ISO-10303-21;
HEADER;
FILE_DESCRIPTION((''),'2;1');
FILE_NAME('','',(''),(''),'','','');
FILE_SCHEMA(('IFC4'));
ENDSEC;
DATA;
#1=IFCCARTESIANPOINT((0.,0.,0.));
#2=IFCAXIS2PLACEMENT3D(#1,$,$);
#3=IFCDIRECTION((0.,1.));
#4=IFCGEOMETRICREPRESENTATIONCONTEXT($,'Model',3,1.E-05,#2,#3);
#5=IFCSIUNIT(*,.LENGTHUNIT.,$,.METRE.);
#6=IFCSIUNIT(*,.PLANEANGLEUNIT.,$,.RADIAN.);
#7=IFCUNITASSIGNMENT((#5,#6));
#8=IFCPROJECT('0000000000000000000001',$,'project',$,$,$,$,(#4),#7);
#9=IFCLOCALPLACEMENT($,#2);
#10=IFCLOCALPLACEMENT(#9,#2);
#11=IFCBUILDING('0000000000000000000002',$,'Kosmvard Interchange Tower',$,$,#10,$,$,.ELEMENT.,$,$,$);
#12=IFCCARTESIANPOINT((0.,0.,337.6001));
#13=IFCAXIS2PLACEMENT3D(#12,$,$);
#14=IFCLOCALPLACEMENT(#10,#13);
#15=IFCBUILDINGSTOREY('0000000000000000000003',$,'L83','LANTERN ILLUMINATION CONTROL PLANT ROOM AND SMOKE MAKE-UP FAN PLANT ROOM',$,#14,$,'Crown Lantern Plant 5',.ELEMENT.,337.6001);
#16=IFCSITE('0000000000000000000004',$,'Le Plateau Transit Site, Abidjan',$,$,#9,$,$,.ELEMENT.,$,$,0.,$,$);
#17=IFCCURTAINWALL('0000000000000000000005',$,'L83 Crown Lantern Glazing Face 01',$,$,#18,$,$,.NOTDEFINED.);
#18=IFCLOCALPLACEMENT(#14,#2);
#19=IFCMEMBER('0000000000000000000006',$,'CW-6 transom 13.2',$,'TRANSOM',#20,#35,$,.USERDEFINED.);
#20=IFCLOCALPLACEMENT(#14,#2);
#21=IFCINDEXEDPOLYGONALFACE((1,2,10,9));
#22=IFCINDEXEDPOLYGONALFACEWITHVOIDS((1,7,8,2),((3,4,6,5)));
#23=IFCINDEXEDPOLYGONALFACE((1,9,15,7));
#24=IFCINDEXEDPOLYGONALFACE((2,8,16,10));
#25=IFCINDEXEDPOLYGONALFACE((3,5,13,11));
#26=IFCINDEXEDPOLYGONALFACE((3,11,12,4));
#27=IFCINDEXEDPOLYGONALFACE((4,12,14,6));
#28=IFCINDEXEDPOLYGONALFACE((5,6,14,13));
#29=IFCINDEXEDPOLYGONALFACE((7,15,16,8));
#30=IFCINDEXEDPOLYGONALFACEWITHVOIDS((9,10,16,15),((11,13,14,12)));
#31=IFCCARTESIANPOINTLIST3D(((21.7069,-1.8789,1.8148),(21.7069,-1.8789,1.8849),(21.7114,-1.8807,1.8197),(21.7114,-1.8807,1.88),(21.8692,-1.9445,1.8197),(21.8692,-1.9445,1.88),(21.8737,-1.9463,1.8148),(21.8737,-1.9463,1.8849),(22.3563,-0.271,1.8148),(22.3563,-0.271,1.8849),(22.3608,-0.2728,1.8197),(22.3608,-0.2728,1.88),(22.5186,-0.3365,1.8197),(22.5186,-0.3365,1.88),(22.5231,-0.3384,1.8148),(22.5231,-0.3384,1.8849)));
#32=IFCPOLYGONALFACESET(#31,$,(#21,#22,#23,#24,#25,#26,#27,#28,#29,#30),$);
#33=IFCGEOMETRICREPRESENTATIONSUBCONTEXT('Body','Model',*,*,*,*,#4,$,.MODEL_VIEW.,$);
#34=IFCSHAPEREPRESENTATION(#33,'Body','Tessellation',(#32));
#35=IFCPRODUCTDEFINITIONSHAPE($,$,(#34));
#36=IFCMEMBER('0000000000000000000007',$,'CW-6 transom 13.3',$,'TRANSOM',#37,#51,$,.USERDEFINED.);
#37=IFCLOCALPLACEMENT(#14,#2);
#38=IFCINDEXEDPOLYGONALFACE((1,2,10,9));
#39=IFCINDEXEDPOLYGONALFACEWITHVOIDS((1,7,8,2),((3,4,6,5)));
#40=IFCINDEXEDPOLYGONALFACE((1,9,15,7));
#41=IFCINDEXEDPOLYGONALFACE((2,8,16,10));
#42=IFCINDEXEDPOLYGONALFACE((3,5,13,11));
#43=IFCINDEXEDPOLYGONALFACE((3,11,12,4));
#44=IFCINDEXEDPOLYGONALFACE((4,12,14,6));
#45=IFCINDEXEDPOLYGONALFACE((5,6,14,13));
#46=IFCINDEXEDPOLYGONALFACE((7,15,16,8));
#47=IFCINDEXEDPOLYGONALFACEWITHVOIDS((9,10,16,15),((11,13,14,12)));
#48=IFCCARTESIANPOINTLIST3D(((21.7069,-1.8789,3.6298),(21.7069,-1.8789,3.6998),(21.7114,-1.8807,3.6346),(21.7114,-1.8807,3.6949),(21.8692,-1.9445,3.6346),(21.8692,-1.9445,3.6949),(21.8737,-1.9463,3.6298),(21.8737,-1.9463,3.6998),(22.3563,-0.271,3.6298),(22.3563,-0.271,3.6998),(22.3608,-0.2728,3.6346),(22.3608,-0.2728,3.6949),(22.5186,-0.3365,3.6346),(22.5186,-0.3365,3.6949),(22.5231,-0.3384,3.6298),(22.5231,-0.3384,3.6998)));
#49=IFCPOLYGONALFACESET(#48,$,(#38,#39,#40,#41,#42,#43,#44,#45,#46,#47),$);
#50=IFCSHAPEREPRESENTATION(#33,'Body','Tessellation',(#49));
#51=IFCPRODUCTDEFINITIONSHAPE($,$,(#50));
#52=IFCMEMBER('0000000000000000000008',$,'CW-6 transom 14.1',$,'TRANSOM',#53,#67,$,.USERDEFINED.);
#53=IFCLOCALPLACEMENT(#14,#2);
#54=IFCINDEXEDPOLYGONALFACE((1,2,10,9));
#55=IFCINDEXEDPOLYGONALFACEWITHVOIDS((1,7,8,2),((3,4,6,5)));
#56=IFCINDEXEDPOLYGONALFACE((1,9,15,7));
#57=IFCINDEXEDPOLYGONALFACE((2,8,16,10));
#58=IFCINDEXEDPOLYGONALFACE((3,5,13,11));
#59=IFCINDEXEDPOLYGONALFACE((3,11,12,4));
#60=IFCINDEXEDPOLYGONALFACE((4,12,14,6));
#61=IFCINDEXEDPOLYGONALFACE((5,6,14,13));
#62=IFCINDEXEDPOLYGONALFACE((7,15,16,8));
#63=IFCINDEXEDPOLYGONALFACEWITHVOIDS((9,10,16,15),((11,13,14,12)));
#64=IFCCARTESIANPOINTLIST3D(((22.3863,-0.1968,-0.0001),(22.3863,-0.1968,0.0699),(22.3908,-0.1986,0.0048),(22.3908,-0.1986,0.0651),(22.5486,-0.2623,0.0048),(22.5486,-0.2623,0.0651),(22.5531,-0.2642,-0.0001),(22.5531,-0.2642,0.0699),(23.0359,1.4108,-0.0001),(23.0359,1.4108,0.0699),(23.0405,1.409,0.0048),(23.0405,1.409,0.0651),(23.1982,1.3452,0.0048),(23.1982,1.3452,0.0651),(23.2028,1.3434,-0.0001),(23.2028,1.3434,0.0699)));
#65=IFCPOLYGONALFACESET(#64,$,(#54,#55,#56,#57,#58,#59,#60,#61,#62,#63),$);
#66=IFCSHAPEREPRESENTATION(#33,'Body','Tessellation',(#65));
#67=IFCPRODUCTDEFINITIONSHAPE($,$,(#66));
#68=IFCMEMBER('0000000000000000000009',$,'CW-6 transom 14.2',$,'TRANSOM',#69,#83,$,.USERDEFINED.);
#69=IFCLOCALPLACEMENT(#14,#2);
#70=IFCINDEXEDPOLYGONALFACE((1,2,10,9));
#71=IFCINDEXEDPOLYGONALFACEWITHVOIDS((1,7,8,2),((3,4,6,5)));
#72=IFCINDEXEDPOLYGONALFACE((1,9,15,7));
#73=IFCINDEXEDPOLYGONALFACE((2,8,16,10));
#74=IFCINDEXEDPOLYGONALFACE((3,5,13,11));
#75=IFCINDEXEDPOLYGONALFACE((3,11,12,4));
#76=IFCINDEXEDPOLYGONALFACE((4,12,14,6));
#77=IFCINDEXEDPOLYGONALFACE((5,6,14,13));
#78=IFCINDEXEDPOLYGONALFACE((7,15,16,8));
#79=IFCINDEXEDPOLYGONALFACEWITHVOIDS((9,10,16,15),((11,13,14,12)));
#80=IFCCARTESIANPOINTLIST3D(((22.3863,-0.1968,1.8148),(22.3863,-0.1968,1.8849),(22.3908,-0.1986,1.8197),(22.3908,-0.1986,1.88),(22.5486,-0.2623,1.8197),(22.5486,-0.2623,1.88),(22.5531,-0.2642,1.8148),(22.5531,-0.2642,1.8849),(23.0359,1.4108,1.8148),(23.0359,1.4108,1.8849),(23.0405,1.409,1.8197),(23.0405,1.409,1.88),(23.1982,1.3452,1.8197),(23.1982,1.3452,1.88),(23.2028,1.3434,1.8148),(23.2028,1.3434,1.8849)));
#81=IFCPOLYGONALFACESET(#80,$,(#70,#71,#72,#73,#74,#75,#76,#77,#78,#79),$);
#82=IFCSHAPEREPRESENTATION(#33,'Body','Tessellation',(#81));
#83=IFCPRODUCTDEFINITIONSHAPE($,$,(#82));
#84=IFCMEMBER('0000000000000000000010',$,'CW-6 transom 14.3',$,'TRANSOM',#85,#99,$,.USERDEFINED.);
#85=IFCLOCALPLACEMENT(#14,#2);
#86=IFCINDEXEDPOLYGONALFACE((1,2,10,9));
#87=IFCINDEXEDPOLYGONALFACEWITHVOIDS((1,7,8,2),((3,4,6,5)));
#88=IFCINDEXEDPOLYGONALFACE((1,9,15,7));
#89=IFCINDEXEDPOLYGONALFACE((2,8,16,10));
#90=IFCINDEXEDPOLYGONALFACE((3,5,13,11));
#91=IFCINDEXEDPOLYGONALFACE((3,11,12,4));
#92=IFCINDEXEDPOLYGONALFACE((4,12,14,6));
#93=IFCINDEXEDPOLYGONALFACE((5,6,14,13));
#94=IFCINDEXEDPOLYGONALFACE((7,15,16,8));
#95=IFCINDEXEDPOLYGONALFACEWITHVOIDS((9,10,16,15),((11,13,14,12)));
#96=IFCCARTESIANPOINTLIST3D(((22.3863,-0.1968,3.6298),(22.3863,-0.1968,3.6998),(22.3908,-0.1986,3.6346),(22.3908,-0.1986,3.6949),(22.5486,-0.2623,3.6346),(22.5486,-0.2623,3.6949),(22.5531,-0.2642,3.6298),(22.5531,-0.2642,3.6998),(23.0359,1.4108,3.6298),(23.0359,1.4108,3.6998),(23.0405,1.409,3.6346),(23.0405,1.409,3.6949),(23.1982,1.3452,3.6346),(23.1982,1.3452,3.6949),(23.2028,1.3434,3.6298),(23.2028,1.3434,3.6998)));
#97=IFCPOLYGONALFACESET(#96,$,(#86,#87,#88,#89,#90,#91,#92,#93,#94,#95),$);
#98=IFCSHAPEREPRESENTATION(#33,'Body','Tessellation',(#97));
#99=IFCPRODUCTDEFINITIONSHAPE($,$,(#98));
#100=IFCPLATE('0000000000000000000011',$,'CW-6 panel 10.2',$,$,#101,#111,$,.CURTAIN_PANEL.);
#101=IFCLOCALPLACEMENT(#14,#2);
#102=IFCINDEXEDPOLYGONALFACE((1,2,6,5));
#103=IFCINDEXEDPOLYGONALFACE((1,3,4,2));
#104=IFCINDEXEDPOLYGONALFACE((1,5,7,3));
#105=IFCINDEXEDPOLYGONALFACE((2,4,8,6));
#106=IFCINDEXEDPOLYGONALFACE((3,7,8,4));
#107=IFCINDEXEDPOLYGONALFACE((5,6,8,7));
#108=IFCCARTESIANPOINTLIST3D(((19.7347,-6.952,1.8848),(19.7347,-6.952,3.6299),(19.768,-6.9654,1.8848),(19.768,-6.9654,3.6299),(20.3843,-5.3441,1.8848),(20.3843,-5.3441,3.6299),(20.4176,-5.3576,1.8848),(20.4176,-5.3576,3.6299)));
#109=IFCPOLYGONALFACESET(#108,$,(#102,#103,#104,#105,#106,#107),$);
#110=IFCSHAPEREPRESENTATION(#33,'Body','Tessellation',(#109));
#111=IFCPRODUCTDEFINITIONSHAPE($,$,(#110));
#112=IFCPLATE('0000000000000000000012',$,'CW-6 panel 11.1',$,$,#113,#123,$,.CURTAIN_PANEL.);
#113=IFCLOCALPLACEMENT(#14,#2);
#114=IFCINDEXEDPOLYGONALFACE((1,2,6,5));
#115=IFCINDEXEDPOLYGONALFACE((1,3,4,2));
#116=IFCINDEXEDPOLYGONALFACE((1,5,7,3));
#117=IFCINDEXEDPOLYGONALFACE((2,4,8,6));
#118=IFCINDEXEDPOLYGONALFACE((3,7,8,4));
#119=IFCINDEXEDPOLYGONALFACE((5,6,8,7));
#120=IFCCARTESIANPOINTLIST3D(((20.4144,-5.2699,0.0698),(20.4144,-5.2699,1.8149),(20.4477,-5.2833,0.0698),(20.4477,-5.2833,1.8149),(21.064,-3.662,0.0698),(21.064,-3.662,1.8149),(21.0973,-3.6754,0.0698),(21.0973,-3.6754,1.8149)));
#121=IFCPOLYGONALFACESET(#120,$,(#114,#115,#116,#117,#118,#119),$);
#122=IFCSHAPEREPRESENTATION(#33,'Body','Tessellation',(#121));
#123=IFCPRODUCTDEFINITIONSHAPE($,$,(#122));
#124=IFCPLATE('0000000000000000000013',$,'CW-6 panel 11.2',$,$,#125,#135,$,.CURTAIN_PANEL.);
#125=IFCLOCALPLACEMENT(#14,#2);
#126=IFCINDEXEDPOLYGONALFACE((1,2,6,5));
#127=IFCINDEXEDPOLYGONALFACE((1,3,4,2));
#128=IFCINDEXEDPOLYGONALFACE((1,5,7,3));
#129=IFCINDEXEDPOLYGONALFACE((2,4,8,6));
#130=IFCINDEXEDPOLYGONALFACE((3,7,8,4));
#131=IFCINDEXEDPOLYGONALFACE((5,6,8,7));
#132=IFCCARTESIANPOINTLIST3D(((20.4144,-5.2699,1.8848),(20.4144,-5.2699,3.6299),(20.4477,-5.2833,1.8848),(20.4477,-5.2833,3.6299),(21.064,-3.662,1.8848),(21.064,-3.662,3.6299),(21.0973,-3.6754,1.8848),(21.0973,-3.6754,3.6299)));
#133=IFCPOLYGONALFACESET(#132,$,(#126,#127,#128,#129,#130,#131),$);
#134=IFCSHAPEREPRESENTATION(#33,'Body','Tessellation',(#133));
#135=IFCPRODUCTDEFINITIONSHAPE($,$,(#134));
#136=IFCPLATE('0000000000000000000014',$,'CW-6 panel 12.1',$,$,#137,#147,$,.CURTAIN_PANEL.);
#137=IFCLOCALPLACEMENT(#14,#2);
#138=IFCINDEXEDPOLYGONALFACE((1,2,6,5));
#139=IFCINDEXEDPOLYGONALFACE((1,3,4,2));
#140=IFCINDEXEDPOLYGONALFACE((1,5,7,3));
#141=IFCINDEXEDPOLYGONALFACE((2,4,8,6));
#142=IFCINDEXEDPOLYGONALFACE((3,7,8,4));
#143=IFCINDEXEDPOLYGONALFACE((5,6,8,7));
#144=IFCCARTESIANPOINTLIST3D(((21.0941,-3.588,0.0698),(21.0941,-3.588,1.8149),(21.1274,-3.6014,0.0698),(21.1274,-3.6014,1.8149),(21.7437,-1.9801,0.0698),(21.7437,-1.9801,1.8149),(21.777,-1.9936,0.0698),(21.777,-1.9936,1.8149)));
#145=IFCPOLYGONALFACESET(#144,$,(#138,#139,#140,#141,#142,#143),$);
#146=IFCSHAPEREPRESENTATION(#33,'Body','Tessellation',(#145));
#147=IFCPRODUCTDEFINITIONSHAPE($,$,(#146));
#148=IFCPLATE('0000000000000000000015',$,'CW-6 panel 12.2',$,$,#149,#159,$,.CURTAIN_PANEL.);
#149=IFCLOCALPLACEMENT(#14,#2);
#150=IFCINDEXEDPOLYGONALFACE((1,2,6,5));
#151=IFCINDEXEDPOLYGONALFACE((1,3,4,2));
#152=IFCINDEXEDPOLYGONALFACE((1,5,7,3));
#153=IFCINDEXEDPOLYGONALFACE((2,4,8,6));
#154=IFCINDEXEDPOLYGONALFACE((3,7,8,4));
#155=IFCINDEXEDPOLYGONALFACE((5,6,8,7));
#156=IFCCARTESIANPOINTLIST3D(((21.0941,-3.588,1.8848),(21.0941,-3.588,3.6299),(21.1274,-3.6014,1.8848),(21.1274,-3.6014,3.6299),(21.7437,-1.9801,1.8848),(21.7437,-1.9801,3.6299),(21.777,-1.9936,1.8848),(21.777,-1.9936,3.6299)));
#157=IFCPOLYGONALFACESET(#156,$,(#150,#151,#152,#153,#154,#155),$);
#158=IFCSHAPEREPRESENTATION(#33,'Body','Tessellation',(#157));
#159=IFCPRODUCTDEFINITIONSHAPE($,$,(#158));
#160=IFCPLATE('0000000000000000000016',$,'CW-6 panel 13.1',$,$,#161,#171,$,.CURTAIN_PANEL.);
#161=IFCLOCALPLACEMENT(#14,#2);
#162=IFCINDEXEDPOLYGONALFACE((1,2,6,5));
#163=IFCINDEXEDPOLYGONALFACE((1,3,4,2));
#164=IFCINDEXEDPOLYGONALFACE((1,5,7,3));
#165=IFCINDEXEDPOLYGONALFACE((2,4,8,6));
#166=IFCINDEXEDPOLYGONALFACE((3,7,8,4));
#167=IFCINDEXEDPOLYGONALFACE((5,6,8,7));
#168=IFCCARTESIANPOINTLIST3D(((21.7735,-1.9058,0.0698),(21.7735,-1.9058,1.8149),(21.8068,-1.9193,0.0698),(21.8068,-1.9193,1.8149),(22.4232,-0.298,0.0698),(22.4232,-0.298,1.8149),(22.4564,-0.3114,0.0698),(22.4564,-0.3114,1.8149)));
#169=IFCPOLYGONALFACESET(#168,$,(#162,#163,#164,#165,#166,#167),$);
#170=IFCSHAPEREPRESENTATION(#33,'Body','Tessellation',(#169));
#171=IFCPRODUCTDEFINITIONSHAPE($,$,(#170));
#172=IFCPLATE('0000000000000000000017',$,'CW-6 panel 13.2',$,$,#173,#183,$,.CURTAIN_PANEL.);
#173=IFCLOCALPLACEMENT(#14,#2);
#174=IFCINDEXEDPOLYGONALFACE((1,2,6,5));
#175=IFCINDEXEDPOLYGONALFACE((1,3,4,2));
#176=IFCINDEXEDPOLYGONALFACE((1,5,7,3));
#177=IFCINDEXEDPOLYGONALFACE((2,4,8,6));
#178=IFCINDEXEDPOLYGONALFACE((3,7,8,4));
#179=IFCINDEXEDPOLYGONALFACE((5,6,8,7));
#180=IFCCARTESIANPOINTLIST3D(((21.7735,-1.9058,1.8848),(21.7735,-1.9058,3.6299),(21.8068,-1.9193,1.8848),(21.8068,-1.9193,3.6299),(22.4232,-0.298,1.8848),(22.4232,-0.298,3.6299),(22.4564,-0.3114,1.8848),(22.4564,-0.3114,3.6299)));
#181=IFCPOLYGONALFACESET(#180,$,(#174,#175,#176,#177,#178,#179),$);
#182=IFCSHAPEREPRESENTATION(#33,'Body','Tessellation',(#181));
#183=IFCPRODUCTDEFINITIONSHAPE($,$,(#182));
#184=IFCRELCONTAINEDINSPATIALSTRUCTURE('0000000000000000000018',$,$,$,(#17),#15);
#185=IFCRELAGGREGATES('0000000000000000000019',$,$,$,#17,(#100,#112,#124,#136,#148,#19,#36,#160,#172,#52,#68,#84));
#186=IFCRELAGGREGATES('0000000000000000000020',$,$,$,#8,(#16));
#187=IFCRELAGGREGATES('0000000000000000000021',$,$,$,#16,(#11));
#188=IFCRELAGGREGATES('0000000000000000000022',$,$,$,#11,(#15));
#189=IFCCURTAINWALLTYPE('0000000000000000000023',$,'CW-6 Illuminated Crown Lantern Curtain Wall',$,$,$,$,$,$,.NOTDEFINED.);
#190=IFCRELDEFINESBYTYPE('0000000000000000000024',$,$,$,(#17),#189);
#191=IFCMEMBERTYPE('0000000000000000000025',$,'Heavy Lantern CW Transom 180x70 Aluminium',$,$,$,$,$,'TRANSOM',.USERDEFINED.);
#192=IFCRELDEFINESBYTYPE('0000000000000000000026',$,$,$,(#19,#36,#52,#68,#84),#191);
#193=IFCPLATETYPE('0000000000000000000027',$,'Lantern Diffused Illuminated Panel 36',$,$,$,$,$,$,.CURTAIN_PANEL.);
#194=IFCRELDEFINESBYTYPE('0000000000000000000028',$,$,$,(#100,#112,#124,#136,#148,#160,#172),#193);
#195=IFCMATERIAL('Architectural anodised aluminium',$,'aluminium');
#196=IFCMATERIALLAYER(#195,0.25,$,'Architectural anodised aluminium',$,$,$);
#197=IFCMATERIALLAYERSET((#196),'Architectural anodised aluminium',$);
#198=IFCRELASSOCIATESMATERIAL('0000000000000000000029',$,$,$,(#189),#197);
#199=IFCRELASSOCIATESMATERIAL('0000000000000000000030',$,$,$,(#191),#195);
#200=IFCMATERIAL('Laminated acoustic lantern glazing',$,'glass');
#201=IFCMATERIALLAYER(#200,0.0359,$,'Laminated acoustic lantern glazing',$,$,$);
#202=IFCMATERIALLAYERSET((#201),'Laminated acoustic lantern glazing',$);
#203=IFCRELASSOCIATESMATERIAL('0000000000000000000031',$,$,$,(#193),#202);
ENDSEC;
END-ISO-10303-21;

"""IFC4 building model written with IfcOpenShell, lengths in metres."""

from ifc_helpers import new_model, si_unit, direction, frame, origin, origin_2d, place, context, subcontext, project, spatial, rectangle, hollow_rectangle, extrude, source, transform, mapped, material, layer, layer_set, material_profile, profile_set, type_object, element, aggregate, save


model = new_model("IFC4")

# Units and contexts
model_context = context("Model", 3, precision=1e-05, world=origin(), true_north=direction((0.0, 1.0)))
body_context = subcontext(model_context, "Body", "Model", "MODEL_VIEW")
ifc_project = project(units=[si_unit("LENGTHUNIT", "METRE"), si_unit("PLANEANGLEUNIT", "RADIAN")], contexts=[model_context])

# Site, building, storey
site_placement = place(None, origin())
site = spatial("IfcSite", under=ifc_project, at=site_placement, Name="Le Plateau Transit Site, Abidjan", CompositionType="ELEMENT", RefElevation=0.0)
building_placement = place(site_placement, origin())
building = spatial("IfcBuilding", under=site, at=building_placement, Name="Kosmvard Interchange Tower", CompositionType="ELEMENT")
storey_placement = place(building_placement, frame((0.0, 0.0, 337.6001)))
storey = spatial("IfcBuildingStorey", under=building, at=storey_placement, Name="L83", Description="LANTERN ILLUMINATION CONTROL PLANT ROOM AND SMOKE MAKE-UP FAN PLANT ROOM", LongName="Crown Lantern Plant 5", CompositionType="ELEMENT", Elevation=337.6001)

# Curtain wall, members, plates
ifc_material_1 = material(Name="Architectural anodised aluminium", Category="aluminium")
ifc_layer_1 = layer(ifc_material_1, 0.25, Name="Architectural anodised aluminium")
ifc_layer_set_1 = layer_set([ifc_layer_1], Name="Architectural anodised aluminium")
curtain_wall_type = type_object("IfcCurtainWallType", Name="CW-6 Illuminated Crown Lantern Curtain Wall", PredefinedType="NOTDEFINED", material=ifc_layer_set_1)
curtain_wall_placement = place(storey_placement, origin())
curtain_wall = element("IfcCurtainWall", 1, at=curtain_wall_placement, inside=storey, type_object=curtain_wall_type, Name="L83 Crown Lantern Glazing Face 01", PredefinedType="NOTDEFINED")
ifc_material_profile_1 = material_profile(ifc_material_1, hollow_rectangle(XDim=0.1799, YDim=0.0701, WallThickness=0.0049, at=origin_2d()), Name="CWT 180x70x5")
ifc_profile_set_1 = profile_set([ifc_material_profile_1], Name="Architectural anodised aluminium")
member_type_1 = type_object("IfcMemberType", Name="Heavy Lantern CW Transom 180x70 Aluminium", ElementType="TRANSOM", PredefinedType="USERDEFINED", material=ifc_profile_set_1)
shared_shape_1 = source(origin(), body_context, "Body", "SweptSolid", [
    extrude(hollow_rectangle(XDim=0.1799, YDim=0.0701, WallThickness=0.0049, at=origin_2d()), origin(), (0.0, 0.0, 1.0), 1.7341),
])
member_1_placement = place(storey_placement, frame((21.7903, -1.9126, 1.8499), z_axis=(0.374496, 0.927229, 0.0), x_axis=(-0.927229, 0.374496, 0.0)))
member_1 = element("IfcMember", 2, at=member_1_placement, type_object=member_type_1, Name="CW-6 transom 13.2", ObjectType="TRANSOM", PredefinedType="USERDEFINED", context=body_context, shape_type="MappedRepresentation", body=[
    mapped(shared_shape_1, transform((0.0, 0.0, 0.0), scale=1.0)),
])
member_2_placement = place(storey_placement, frame((21.7903, -1.9126, 3.6648), z_axis=(0.374496, 0.927229, 0.0), x_axis=(-0.927229, 0.374496, 0.0)))
member_2 = element("IfcMember", 3, at=member_2_placement, type_object=member_type_1, Name="CW-6 transom 13.3", ObjectType="TRANSOM", PredefinedType="USERDEFINED", context=body_context, shape_type="MappedRepresentation", body=[
    mapped(shared_shape_1, transform((0.0, 0.0, 0.0), scale=1.0)),
])
shared_shape_2 = source(origin(), body_context, "Body", "SweptSolid", [
    extrude(hollow_rectangle(XDim=0.1799, YDim=0.0701, WallThickness=0.0049, at=origin_2d()), origin(), (0.0, 0.0, 1.0), 1.7339),
])
member_3_placement = place(storey_placement, frame((22.4697, -0.2305, 0.0349), z_axis=(0.374666, 0.92716, 0.0), x_axis=(-0.92716, 0.374666, 0.0)))
member_3 = element("IfcMember", 4, at=member_3_placement, type_object=member_type_1, Name="CW-6 transom 14.1", ObjectType="TRANSOM", PredefinedType="USERDEFINED", context=body_context, shape_type="MappedRepresentation", body=[
    mapped(shared_shape_2, transform((0.0, 0.0, 0.0), scale=1.0)),
])
member_4_placement = place(storey_placement, frame((22.4697, -0.2305, 1.8499), z_axis=(0.374666, 0.92716, 0.0), x_axis=(-0.92716, 0.374666, 0.0)))
member_4 = element("IfcMember", 5, at=member_4_placement, type_object=member_type_1, Name="CW-6 transom 14.2", ObjectType="TRANSOM", PredefinedType="USERDEFINED", context=body_context, shape_type="MappedRepresentation", body=[
    mapped(shared_shape_2, transform((0.0, 0.0, 0.0), scale=1.0)),
])
member_5_placement = place(storey_placement, frame((22.4697, -0.2305, 3.6648), z_axis=(0.374666, 0.92716, 0.0), x_axis=(-0.92716, 0.374666, 0.0)))
member_5 = element("IfcMember", 6, at=member_5_placement, type_object=member_type_1, Name="CW-6 transom 14.3", ObjectType="TRANSOM", PredefinedType="USERDEFINED", context=body_context, shape_type="MappedRepresentation", body=[
    mapped(shared_shape_2, transform((0.0, 0.0, 0.0), scale=1.0)),
])
ifc_material_2 = material(Name="Laminated acoustic lantern glazing", Category="glass")
ifc_layer_2 = layer(ifc_material_2, 0.0359, Name="Laminated acoustic lantern glazing")
ifc_layer_set_2 = layer_set([ifc_layer_2], Name="Laminated acoustic lantern glazing")
plate_type = type_object("IfcPlateType", Name="Lantern Diffused Illuminated Panel 36", PredefinedType="CURTAIN_PANEL", material=ifc_layer_set_2)
shared_shape_3 = source(origin(), body_context, "Body", "SweptSolid", [
    extrude(rectangle(XDim=1.7341, YDim=0.0359, at=origin_2d()), origin(), (0.0, 0.0, 1.0), 1.7451),
])
plate_1_placement = place(storey_placement, frame((20.0762, -6.1548, 1.8848), z_axis=(0.0, 0.0, 1.0), x_axis=(0.374607, 0.927184, 0.0)))
plate_1 = element("IfcPlate", 7, at=plate_1_placement, type_object=plate_type, Name="CW-6 panel 10.2", PredefinedType="CURTAIN_PANEL", context=body_context, shape_type="MappedRepresentation", body=[
    mapped(shared_shape_3, transform((0.0, 0.0, 0.0), scale=1.0)),
])
plate_2_placement = place(storey_placement, frame((20.7559, -4.4727, 0.0698), z_axis=(0.0, 0.0, 1.0), x_axis=(0.374607, 0.927184, 0.0)))
plate_2 = element("IfcPlate", 8, at=plate_2_placement, type_object=plate_type, Name="CW-6 panel 11.1", PredefinedType="CURTAIN_PANEL", context=body_context, shape_type="MappedRepresentation", body=[
    mapped(shared_shape_3, transform((0.0, 0.0, 0.0), scale=1.0)),
])
plate_3_placement = place(storey_placement, frame((20.7559, -4.4727, 1.8848), z_axis=(0.0, 0.0, 1.0), x_axis=(0.374607, 0.927184, 0.0)))
plate_3 = element("IfcPlate", 9, at=plate_3_placement, type_object=plate_type, Name="CW-6 panel 11.2", PredefinedType="CURTAIN_PANEL", context=body_context, shape_type="MappedRepresentation", body=[
    mapped(shared_shape_3, transform((0.0, 0.0, 0.0), scale=1.0)),
])
plate_4_placement = place(storey_placement, frame((21.4355, -2.7908, 0.0698), z_axis=(0.0, 0.0, 1.0), x_axis=(0.374607, 0.927184, 0.0)))
plate_4 = element("IfcPlate", 10, at=plate_4_placement, type_object=plate_type, Name="CW-6 panel 12.1", PredefinedType="CURTAIN_PANEL", context=body_context, shape_type="MappedRepresentation", body=[
    mapped(shared_shape_3, transform((0.0, 0.0, 0.0), scale=1.0)),
])
plate_5_placement = place(storey_placement, frame((21.4355, -2.7908, 1.8848), z_axis=(0.0, 0.0, 1.0), x_axis=(0.374607, 0.927184, 0.0)))
plate_5 = element("IfcPlate", 11, at=plate_5_placement, type_object=plate_type, Name="CW-6 panel 12.2", PredefinedType="CURTAIN_PANEL", context=body_context, shape_type="MappedRepresentation", body=[
    mapped(shared_shape_3, transform((0.0, 0.0, 0.0), scale=1.0)),
])
plate_6_placement = place(storey_placement, frame((22.115, -1.1086, 0.0698), z_axis=(0.0, 0.0, 1.0), x_axis=(0.374607, 0.927184, 0.0)))
plate_6 = element("IfcPlate", 12, at=plate_6_placement, type_object=plate_type, Name="CW-6 panel 13.1", PredefinedType="CURTAIN_PANEL", context=body_context, shape_type="MappedRepresentation", body=[
    mapped(shared_shape_3, transform((0.0, 0.0, 0.0), scale=1.0)),
])
plate_7_placement = place(storey_placement, frame((22.115, -1.1086, 1.8848), z_axis=(0.0, 0.0, 1.0), x_axis=(0.374607, 0.927184, 0.0)))
plate_7 = element("IfcPlate", 13, at=plate_7_placement, type_object=plate_type, Name="CW-6 panel 13.2", PredefinedType="CURTAIN_PANEL", context=body_context, shape_type="MappedRepresentation", body=[
    mapped(shared_shape_3, transform((0.0, 0.0, 0.0), scale=1.0)),
])
aggregate(curtain_wall, [plate_1, plate_2, plate_3, plate_4, plate_5, member_1, member_2, plate_6, plate_7, member_3, member_4, member_5])

save(model, "model.ifc")
